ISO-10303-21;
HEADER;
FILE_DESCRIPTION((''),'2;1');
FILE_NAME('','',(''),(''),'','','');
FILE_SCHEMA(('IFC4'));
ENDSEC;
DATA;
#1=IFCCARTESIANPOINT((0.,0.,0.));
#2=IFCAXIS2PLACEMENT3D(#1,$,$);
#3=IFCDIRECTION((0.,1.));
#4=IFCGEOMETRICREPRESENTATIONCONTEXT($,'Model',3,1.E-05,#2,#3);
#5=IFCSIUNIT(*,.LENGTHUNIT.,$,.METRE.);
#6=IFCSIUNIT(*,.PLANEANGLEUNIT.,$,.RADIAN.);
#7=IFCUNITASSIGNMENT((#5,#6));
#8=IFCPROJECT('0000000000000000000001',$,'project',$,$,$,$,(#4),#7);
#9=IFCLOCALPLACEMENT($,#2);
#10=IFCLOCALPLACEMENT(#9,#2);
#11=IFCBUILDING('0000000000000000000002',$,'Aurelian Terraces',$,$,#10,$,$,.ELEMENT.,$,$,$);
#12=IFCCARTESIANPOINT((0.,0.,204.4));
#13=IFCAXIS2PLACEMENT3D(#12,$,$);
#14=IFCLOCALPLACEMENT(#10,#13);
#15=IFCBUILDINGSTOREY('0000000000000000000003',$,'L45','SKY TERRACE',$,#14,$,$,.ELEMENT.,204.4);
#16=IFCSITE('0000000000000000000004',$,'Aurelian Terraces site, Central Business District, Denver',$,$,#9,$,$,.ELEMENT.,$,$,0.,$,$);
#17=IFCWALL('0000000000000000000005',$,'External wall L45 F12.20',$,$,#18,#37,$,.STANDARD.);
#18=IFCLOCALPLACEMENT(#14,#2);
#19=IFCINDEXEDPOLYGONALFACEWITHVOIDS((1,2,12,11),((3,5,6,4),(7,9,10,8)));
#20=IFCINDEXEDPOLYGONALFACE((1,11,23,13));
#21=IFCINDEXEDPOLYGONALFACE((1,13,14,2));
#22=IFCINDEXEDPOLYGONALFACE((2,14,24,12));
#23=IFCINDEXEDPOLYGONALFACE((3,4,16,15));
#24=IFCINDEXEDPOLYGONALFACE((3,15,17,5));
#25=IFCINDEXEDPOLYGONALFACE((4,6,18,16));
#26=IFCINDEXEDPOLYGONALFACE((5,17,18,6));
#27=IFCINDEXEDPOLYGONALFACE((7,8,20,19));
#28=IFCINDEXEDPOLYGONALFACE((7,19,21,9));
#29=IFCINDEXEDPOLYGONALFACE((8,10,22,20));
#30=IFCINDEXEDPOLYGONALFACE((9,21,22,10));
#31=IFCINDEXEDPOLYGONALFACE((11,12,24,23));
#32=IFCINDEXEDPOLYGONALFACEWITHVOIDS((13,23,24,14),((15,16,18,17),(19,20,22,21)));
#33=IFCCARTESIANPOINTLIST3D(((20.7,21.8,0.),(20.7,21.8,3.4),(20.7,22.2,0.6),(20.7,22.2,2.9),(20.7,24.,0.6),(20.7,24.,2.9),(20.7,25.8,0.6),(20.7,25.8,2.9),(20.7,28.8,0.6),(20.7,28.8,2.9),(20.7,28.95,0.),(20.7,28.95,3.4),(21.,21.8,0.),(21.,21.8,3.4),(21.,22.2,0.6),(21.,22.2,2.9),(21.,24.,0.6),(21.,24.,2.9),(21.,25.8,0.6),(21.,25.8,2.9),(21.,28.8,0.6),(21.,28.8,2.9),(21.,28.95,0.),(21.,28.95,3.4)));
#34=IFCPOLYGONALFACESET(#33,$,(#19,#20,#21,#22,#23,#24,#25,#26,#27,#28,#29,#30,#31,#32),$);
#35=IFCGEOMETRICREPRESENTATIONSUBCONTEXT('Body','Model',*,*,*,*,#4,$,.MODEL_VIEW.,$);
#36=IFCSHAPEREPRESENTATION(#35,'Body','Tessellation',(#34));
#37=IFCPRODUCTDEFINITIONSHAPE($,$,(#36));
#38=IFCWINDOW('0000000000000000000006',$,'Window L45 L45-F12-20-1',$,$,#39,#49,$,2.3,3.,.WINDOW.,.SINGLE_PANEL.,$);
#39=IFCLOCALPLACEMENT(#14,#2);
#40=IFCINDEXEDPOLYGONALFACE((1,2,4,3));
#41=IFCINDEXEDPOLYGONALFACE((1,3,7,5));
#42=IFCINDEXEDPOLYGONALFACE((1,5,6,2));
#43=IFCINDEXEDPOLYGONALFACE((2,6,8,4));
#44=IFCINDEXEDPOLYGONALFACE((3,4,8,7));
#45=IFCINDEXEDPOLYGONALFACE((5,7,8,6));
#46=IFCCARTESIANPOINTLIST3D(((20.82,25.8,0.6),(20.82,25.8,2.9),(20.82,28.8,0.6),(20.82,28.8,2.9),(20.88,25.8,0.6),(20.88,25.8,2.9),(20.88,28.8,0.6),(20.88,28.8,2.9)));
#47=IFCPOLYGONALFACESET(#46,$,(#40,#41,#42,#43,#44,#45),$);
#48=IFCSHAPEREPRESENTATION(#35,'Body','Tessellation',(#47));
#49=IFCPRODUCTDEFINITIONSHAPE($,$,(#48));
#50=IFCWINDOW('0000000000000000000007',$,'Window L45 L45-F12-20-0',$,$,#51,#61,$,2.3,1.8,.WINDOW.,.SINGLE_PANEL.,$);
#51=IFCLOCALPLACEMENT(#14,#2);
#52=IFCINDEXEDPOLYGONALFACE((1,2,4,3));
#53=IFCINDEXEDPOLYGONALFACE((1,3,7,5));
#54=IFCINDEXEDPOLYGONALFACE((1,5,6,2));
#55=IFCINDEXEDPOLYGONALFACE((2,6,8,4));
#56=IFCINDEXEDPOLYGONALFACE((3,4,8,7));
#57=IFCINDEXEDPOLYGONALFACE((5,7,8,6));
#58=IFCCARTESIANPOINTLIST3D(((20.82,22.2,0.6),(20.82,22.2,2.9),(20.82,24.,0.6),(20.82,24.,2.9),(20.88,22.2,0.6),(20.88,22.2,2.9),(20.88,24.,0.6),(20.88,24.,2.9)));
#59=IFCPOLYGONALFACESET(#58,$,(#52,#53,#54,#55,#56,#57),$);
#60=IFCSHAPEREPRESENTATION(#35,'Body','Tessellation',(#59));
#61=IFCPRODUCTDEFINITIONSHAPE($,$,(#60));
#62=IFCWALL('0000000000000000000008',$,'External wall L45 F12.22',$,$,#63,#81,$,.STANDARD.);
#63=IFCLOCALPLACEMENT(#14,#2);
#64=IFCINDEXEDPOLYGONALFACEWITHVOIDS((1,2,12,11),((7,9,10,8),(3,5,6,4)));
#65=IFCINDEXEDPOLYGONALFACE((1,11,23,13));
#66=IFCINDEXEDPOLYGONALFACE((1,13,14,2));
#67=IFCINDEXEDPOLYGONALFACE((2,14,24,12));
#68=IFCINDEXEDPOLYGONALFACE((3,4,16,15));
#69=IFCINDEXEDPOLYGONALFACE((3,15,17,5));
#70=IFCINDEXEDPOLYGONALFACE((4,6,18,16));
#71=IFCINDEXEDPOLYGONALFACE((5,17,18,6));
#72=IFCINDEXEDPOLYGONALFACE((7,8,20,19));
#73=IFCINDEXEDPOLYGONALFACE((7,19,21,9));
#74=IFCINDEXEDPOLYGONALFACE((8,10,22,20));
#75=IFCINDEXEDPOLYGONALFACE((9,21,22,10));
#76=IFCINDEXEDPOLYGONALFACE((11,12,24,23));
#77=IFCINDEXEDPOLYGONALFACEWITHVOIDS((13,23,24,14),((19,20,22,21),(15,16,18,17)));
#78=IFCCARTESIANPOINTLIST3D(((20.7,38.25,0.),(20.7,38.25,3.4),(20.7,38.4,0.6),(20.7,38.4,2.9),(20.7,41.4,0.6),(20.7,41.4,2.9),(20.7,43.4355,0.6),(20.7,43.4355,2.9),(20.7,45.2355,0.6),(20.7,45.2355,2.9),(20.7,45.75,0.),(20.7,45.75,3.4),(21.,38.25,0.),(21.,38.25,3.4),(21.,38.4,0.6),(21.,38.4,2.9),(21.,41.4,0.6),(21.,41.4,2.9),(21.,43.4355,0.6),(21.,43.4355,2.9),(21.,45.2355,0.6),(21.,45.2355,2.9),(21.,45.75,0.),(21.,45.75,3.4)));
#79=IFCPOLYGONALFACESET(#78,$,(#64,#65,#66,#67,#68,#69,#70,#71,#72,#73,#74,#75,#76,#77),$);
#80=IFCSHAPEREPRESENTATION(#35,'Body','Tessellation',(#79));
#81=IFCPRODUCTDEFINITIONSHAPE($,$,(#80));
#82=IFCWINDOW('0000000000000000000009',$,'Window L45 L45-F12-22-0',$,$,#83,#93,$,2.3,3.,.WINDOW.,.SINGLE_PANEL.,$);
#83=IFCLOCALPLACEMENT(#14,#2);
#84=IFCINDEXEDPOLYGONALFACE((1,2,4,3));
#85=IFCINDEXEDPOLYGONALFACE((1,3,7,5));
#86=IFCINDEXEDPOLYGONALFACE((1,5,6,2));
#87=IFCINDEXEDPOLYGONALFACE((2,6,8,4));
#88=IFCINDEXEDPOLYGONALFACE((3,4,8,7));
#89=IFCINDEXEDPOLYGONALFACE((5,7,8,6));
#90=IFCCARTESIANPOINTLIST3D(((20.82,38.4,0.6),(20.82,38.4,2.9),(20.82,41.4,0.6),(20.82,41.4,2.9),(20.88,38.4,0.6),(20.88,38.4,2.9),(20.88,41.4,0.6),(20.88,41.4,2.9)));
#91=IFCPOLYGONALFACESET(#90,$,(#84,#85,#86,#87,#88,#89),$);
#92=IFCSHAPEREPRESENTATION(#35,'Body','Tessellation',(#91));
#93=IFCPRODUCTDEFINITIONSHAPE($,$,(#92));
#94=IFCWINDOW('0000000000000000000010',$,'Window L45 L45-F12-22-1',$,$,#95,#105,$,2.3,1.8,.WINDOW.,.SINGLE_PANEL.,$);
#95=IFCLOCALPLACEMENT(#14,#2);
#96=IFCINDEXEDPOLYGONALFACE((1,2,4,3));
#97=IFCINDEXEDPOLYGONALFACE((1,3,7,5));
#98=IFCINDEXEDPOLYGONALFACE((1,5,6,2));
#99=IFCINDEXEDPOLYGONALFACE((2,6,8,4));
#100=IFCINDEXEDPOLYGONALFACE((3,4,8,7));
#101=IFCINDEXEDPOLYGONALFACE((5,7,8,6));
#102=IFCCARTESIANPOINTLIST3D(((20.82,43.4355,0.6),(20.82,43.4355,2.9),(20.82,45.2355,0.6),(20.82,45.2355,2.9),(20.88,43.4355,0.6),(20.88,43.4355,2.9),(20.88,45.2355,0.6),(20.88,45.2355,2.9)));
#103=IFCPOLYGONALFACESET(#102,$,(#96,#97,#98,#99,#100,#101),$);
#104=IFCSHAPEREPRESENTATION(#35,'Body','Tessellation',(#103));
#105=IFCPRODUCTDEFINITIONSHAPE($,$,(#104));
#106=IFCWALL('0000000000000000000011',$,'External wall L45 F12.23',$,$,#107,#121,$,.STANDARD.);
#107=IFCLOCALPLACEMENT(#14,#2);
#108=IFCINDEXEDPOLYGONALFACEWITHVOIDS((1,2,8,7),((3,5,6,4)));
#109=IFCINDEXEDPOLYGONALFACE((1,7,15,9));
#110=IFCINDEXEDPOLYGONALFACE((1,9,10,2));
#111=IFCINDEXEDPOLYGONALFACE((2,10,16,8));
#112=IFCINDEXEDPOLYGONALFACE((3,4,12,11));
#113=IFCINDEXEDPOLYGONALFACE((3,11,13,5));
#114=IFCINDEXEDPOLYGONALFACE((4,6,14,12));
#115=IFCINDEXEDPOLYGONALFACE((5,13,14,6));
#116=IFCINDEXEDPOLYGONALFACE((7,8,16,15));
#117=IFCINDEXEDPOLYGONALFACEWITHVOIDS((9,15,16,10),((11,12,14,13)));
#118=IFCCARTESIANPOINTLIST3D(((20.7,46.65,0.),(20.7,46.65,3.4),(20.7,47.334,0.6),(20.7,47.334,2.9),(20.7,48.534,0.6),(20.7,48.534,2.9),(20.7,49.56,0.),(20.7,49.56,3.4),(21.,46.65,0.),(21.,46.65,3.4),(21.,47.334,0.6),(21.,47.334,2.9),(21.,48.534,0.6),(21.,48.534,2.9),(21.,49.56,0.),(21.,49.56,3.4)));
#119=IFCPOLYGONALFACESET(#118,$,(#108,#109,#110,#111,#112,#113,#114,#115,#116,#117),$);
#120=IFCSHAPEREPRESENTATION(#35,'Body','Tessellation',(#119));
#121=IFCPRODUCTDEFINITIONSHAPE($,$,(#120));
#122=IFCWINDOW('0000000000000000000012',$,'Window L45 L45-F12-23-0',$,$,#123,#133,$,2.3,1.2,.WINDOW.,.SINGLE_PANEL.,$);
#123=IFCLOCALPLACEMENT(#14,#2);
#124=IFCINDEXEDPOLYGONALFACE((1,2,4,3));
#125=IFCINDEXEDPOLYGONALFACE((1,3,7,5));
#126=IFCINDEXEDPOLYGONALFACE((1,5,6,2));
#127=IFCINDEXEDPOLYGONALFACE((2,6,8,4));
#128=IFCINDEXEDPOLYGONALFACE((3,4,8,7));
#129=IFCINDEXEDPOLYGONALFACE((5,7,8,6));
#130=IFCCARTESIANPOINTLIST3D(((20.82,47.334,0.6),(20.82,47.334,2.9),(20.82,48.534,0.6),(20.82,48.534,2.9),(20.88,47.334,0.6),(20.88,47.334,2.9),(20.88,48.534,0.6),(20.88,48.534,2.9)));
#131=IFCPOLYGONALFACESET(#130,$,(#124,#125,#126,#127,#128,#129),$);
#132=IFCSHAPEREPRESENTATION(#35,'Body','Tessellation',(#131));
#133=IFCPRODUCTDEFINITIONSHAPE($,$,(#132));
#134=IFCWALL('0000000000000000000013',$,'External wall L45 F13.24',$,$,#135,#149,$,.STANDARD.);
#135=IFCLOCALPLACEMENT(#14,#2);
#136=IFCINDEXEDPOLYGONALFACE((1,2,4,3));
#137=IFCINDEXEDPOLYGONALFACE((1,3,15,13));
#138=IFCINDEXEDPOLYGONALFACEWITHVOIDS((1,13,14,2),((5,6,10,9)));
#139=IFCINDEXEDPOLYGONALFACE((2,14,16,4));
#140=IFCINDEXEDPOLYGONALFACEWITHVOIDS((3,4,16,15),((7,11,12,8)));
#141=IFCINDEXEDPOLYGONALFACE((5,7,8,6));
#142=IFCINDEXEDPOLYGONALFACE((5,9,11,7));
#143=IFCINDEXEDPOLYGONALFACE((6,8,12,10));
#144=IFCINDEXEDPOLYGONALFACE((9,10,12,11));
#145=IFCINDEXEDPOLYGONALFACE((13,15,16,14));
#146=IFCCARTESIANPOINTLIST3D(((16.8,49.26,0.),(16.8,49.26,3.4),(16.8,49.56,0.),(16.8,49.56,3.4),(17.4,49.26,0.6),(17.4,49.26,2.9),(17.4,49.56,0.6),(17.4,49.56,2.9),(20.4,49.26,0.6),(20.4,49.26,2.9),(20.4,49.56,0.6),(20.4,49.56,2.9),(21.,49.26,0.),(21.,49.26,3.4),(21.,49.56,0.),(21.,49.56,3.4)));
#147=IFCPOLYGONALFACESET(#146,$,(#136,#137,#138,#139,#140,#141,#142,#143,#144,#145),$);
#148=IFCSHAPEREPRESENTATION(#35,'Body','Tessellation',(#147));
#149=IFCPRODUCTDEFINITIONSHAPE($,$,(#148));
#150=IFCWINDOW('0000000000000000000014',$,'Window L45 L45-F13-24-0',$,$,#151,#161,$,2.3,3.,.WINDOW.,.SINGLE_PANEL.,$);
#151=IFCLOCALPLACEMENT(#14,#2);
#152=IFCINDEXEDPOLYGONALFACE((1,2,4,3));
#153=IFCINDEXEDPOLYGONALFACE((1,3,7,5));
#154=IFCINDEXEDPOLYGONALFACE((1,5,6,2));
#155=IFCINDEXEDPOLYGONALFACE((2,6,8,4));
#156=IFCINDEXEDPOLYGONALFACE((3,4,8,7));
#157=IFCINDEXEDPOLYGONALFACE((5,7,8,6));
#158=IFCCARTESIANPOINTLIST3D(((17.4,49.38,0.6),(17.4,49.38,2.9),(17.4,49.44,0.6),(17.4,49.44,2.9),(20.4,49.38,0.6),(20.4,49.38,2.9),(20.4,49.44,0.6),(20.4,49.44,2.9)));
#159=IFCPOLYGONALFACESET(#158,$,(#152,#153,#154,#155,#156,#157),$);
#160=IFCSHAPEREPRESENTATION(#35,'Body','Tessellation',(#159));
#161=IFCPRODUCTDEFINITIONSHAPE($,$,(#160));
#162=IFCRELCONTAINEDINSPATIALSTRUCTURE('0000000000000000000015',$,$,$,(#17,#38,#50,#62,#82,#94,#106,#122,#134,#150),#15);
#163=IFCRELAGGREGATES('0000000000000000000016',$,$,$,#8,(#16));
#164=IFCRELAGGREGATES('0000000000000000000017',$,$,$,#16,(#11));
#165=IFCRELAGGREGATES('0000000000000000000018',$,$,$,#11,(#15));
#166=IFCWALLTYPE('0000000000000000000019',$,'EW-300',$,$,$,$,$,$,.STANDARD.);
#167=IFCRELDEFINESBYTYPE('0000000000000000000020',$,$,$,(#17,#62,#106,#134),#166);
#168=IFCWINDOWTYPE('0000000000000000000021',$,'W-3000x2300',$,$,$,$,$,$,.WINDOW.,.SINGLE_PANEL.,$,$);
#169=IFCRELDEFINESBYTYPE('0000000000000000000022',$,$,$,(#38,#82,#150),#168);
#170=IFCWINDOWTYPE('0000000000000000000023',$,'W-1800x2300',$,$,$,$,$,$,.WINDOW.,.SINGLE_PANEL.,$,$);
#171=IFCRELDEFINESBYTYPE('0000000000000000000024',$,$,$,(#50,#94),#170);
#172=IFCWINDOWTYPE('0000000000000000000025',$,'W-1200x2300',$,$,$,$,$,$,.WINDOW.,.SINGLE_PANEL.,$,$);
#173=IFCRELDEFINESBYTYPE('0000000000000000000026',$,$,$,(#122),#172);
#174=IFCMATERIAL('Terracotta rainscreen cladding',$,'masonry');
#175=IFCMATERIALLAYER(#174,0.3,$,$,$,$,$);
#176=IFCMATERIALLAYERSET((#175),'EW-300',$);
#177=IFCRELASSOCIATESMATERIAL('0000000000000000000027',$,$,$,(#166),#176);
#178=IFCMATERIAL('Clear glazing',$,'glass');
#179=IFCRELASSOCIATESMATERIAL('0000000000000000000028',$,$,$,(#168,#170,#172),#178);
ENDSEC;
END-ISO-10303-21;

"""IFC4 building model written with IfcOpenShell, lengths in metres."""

from ifc_helpers import new_model, si_unit, direction, frame, frame_2d, origin, place, context, subcontext, project, spatial, rectangle, extrude, source, transform, mapped, material, layer, layer_set, type_object, element, fill, save


model = new_model("IFC4")

# Units and contexts
model_context = context("Model", 3, precision=1e-05, world=origin(), true_north=direction((0.0, 1.0)))
body_context = subcontext(model_context, "Body", "Model", "MODEL_VIEW")
ifc_project = project(units=[si_unit("LENGTHUNIT", "METRE"), si_unit("PLANEANGLEUNIT", "RADIAN")], contexts=[model_context])

# Site, building, storey
site_placement = place(None, origin())
site = spatial("IfcSite", under=ifc_project, at=site_placement, Name="Aurelian Terraces site, Central Business District, Denver", CompositionType="ELEMENT", RefElevation=0.0)
building_placement = place(site_placement, origin())
building = spatial("IfcBuilding", under=site, at=building_placement, Name="Aurelian Terraces", CompositionType="ELEMENT")
storey_placement = place(building_placement, frame((0.0, 0.0, 204.4)))
storey = spatial("IfcBuildingStorey", under=building, at=storey_placement, Name="L45", Description="SKY TERRACE", CompositionType="ELEMENT", Elevation=204.4)

# Walls, openings, windows
ifc_material_1 = material(Name="Terracotta rainscreen cladding", Category="masonry")
ifc_layer_1 = layer(ifc_material_1, 0.3)
ifc_layer_set_1 = layer_set([ifc_layer_1], Name="EW-300")
wall_type_1 = type_object("IfcWallType", Name="EW-300", PredefinedType="STANDARD", material=ifc_layer_set_1)
shared_shape_1 = source(origin(), body_context, "Body", "SweptSolid", [
    extrude(rectangle(XDim=7.15, YDim=0.3, at=frame_2d((3.575, 0.0))), origin(), (0.0, 0.0, 1.0), 3.4),
])
shared_shape_2 = source(origin(), body_context, "Body", "SweptSolid", [
    extrude(rectangle(XDim=3.0, YDim=2.3, at=frame_2d((1.5, 1.15))), frame((0.0, 0.16, 0.0), z_axis=(0.0, -1.0, 0.0), x_axis=(1.0, 0.0, 0.0)), (0.0, 0.0, 1.0), 0.32),
])
shared_shape_3 = source(origin(), body_context, "Body", "SweptSolid", [
    extrude(rectangle(XDim=1.8, YDim=2.3, at=frame_2d((0.9, 1.15))), frame((0.0, 0.16, 0.0), z_axis=(0.0, -1.0, 0.0), x_axis=(1.0, 0.0, 0.0)), (0.0, 0.0, 1.0), 0.32),
])
ifc_material_2 = material(Name="Clear glazing", Category="glass")
window_type_1 = type_object("IfcWindowType", Name="W-3000x2300", PartitioningType="SINGLE_PANEL", PredefinedType="WINDOW", material=ifc_material_2)
shared_shape_4 = source(origin(), body_context, "Body", "SweptSolid", [
    extrude(rectangle(XDim=3.0, YDim=2.3, at=frame_2d((1.5, 1.15))), frame((0.0, 0.03, 0.0), z_axis=(0.0, -1.0, 0.0), x_axis=(1.0, 0.0, 0.0)), (0.0, 0.0, 1.0), 0.06),
])
window_type_2 = type_object("IfcWindowType", Name="W-1800x2300", PartitioningType="SINGLE_PANEL", PredefinedType="WINDOW", material=ifc_material_2)
shared_shape_5 = source(origin(), body_context, "Body", "SweptSolid", [
    extrude(rectangle(XDim=1.8, YDim=2.3, at=frame_2d((0.9, 1.15))), frame((0.0, 0.03, 0.0), z_axis=(0.0, -1.0, 0.0), x_axis=(1.0, 0.0, 0.0)), (0.0, 0.0, 1.0), 0.06),
])
wall_1_placement = place(storey_placement, frame((20.85, 21.8, 0.0), z_axis=(0.0, 0.0, 1.0), x_axis=(0.0, 1.0, 0.0)))
wall_1 = element("IfcWall", 1, at=wall_1_placement, inside=storey, type_object=wall_type_1, Name="External wall L45 F12.20", PredefinedType="STANDARD", context=body_context, shape_type="MappedRepresentation", body=[
    mapped(shared_shape_1, transform((0.0, 0.0, 0.0), scale=1.0)),
])
opening_1_placement = place(wall_1_placement, frame((0.4, 0.0, 0.6)))
opening_1 = element("IfcOpeningElement", 2, at=opening_1_placement, cuts=wall_1, PredefinedType="OPENING", context=body_context, shape_type="MappedRepresentation", body=[
    mapped(shared_shape_3, transform((0.0, 0.0, 0.0), scale=1.0)),
])
opening_2_placement = place(wall_1_placement, frame((4.0, 0.0, 0.6)))
opening_2 = element("IfcOpeningElement", 3, at=opening_2_placement, cuts=wall_1, PredefinedType="OPENING", context=body_context, shape_type="MappedRepresentation", body=[
    mapped(shared_shape_2, transform((0.0, 0.0, 0.0), scale=1.0)),
])
window_1_placement = place(opening_2_placement, origin())
window_1 = element("IfcWindow", 4, at=window_1_placement, inside=storey, type_object=window_type_1, Name="Window L45 L45-F12-20-1", OverallHeight=2.3, OverallWidth=3.0, PartitioningType="SINGLE_PANEL", PredefinedType="WINDOW", context=body_context, shape_type="MappedRepresentation", body=[
    mapped(shared_shape_4, transform((0.0, 0.0, 0.0), scale=1.0)),
])
fill(opening_2, window_1)
window_2_placement = place(opening_1_placement, origin())
window_2 = element("IfcWindow", 5, at=window_2_placement, inside=storey, type_object=window_type_2, Name="Window L45 L45-F12-20-0", OverallHeight=2.3, OverallWidth=1.8, PartitioningType="SINGLE_PANEL", PredefinedType="WINDOW", context=body_context, shape_type="MappedRepresentation", body=[
    mapped(shared_shape_5, transform((0.0, 0.0, 0.0), scale=1.0)),
])
fill(opening_1, window_2)
shared_shape_6 = source(origin(), body_context, "Body", "SweptSolid", [
    extrude(rectangle(XDim=7.5, YDim=0.3, at=frame_2d((3.75, 0.0))), origin(), (0.0, 0.0, 1.0), 3.4),
])
wall_2_placement = place(storey_placement, frame((20.85, 38.25, 0.0), z_axis=(0.0, 0.0, 1.0), x_axis=(0.0, 1.0, 0.0)))
wall_2 = element("IfcWall", 6, at=wall_2_placement, inside=storey, type_object=wall_type_1, Name="External wall L45 F12.22", PredefinedType="STANDARD", context=body_context, shape_type="MappedRepresentation", body=[
    mapped(shared_shape_6, transform((0.0, 0.0, 0.0), scale=1.0)),
])
opening_3_placement = place(wall_2_placement, frame((0.15, 0.0, 0.6)))
opening_3 = element("IfcOpeningElement", 7, at=opening_3_placement, cuts=wall_2, PredefinedType="OPENING", context=body_context, shape_type="MappedRepresentation", body=[
    mapped(shared_shape_2, transform((0.0, 0.0, 0.0), scale=1.0)),
])
opening_4_placement = place(wall_2_placement, frame((5.1855, 0.0, 0.6)))
opening_4 = element("IfcOpeningElement", 8, at=opening_4_placement, cuts=wall_2, PredefinedType="OPENING", context=body_context, shape_type="MappedRepresentation", body=[
    mapped(shared_shape_3, transform((0.0, 0.0, 0.0), scale=1.0)),
])
window_3_placement = place(opening_3_placement, origin())
window_3 = element("IfcWindow", 9, at=window_3_placement, inside=storey, type_object=window_type_1, Name="Window L45 L45-F12-22-0", OverallHeight=2.3, OverallWidth=3.0, PartitioningType="SINGLE_PANEL", PredefinedType="WINDOW", context=body_context, shape_type="MappedRepresentation", body=[
    mapped(shared_shape_4, transform((0.0, 0.0, 0.0), scale=1.0)),
])
fill(opening_3, window_3)
window_4_placement = place(opening_4_placement, origin())
window_4 = element("IfcWindow", 10, at=window_4_placement, inside=storey, type_object=window_type_2, Name="Window L45 L45-F12-22-1", OverallHeight=2.3, OverallWidth=1.8, PartitioningType="SINGLE_PANEL", PredefinedType="WINDOW", context=body_context, shape_type="MappedRepresentation", body=[
    mapped(shared_shape_5, transform((0.0, 0.0, 0.0), scale=1.0)),
])
fill(opening_4, window_4)

# Walls, openings, windows
shared_shape_7 = source(origin(), body_context, "Body", "SweptSolid", [
    extrude(rectangle(XDim=2.91, YDim=0.3, at=frame_2d((1.455, 0.0))), origin(), (0.0, 0.0, 1.0), 3.4),
])
wall_3_placement = place(storey_placement, frame((20.85, 46.65, 0.0), z_axis=(0.0, 0.0, 1.0), x_axis=(0.0, 1.0, 0.0)))
wall_3 = element("IfcWall", 11, at=wall_3_placement, inside=storey, type_object=wall_type_1, Name="External wall L45 F12.23", PredefinedType="STANDARD", context=body_context, shape_type="MappedRepresentation", body=[
    mapped(shared_shape_7, transform((0.0, 0.0, 0.0), scale=1.0)),
])
shared_shape_8 = source(origin(), body_context, "Body", "SweptSolid", [
    extrude(rectangle(XDim=1.2, YDim=2.3, at=frame_2d((0.6, 1.15))), frame((0.0, 0.16, 0.0), z_axis=(0.0, -1.0, 0.0), x_axis=(1.0, 0.0, 0.0)), (0.0, 0.0, 1.0), 0.32),
])
opening_5_placement = place(wall_3_placement, frame((0.684, 0.0, 0.6)))
opening_5 = element("IfcOpeningElement", 12, at=opening_5_placement, cuts=wall_3, PredefinedType="OPENING", context=body_context, shape_type="MappedRepresentation", body=[
    mapped(shared_shape_8, transform((0.0, 0.0, 0.0), scale=1.0)),
])
window_type_3 = type_object("IfcWindowType", Name="W-1200x2300", PartitioningType="SINGLE_PANEL", PredefinedType="WINDOW", material=ifc_material_2)
shared_shape_9 = source(origin(), body_context, "Body", "SweptSolid", [
    extrude(rectangle(XDim=1.2, YDim=2.3, at=frame_2d((0.6, 1.15))), frame((0.0, 0.03, 0.0), z_axis=(0.0, -1.0, 0.0), x_axis=(1.0, 0.0, 0.0)), (0.0, 0.0, 1.0), 0.06),
])
window_5_placement = place(opening_5_placement, origin())
window_5 = element("IfcWindow", 13, at=window_5_placement, inside=storey, type_object=window_type_3, Name="Window L45 L45-F12-23-0", OverallHeight=2.3, OverallWidth=1.2, PartitioningType="SINGLE_PANEL", PredefinedType="WINDOW", context=body_context, shape_type="MappedRepresentation", body=[
    mapped(shared_shape_9, transform((0.0, 0.0, 0.0), scale=1.0)),
])
fill(opening_5, window_5)
shared_shape_10 = source(origin(), body_context, "Body", "SweptSolid", [
    extrude(rectangle(XDim=4.2, YDim=0.3, at=frame_2d((2.1, 0.0))), origin(), (0.0, 0.0, 1.0), 3.4),
])
wall_4_placement = place(storey_placement, frame((21.0, 49.41, 0.0), z_axis=(0.0, 0.0, 1.0), x_axis=(-1.0, 0.0, 0.0)))
wall_4 = element("IfcWall", 14, at=wall_4_placement, inside=storey, type_object=wall_type_1, Name="External wall L45 F13.24", PredefinedType="STANDARD", context=body_context, shape_type="MappedRepresentation", body=[
    mapped(shared_shape_10, transform((0.0, 0.0, 0.0), scale=1.0)),
])
opening_6_placement = place(wall_4_placement, frame((0.6, 0.0, 0.6)))
opening_6 = element("IfcOpeningElement", 15, at=opening_6_placement, cuts=wall_4, PredefinedType="OPENING", context=body_context, shape_type="MappedRepresentation", body=[
    mapped(shared_shape_2, transform((0.0, 0.0, 0.0), scale=1.0)),
])
window_6_placement = place(opening_6_placement, origin())
window_6 = element("IfcWindow", 16, at=window_6_placement, inside=storey, type_object=window_type_1, Name="Window L45 L45-F13-24-0", OverallHeight=2.3, OverallWidth=3.0, PartitioningType="SINGLE_PANEL", PredefinedType="WINDOW", context=body_context, shape_type="MappedRepresentation", body=[
    mapped(shared_shape_4, transform((0.0, 0.0, 0.0), scale=1.0)),
])
fill(opening_6, window_6)

save(model, "model.ifc")
